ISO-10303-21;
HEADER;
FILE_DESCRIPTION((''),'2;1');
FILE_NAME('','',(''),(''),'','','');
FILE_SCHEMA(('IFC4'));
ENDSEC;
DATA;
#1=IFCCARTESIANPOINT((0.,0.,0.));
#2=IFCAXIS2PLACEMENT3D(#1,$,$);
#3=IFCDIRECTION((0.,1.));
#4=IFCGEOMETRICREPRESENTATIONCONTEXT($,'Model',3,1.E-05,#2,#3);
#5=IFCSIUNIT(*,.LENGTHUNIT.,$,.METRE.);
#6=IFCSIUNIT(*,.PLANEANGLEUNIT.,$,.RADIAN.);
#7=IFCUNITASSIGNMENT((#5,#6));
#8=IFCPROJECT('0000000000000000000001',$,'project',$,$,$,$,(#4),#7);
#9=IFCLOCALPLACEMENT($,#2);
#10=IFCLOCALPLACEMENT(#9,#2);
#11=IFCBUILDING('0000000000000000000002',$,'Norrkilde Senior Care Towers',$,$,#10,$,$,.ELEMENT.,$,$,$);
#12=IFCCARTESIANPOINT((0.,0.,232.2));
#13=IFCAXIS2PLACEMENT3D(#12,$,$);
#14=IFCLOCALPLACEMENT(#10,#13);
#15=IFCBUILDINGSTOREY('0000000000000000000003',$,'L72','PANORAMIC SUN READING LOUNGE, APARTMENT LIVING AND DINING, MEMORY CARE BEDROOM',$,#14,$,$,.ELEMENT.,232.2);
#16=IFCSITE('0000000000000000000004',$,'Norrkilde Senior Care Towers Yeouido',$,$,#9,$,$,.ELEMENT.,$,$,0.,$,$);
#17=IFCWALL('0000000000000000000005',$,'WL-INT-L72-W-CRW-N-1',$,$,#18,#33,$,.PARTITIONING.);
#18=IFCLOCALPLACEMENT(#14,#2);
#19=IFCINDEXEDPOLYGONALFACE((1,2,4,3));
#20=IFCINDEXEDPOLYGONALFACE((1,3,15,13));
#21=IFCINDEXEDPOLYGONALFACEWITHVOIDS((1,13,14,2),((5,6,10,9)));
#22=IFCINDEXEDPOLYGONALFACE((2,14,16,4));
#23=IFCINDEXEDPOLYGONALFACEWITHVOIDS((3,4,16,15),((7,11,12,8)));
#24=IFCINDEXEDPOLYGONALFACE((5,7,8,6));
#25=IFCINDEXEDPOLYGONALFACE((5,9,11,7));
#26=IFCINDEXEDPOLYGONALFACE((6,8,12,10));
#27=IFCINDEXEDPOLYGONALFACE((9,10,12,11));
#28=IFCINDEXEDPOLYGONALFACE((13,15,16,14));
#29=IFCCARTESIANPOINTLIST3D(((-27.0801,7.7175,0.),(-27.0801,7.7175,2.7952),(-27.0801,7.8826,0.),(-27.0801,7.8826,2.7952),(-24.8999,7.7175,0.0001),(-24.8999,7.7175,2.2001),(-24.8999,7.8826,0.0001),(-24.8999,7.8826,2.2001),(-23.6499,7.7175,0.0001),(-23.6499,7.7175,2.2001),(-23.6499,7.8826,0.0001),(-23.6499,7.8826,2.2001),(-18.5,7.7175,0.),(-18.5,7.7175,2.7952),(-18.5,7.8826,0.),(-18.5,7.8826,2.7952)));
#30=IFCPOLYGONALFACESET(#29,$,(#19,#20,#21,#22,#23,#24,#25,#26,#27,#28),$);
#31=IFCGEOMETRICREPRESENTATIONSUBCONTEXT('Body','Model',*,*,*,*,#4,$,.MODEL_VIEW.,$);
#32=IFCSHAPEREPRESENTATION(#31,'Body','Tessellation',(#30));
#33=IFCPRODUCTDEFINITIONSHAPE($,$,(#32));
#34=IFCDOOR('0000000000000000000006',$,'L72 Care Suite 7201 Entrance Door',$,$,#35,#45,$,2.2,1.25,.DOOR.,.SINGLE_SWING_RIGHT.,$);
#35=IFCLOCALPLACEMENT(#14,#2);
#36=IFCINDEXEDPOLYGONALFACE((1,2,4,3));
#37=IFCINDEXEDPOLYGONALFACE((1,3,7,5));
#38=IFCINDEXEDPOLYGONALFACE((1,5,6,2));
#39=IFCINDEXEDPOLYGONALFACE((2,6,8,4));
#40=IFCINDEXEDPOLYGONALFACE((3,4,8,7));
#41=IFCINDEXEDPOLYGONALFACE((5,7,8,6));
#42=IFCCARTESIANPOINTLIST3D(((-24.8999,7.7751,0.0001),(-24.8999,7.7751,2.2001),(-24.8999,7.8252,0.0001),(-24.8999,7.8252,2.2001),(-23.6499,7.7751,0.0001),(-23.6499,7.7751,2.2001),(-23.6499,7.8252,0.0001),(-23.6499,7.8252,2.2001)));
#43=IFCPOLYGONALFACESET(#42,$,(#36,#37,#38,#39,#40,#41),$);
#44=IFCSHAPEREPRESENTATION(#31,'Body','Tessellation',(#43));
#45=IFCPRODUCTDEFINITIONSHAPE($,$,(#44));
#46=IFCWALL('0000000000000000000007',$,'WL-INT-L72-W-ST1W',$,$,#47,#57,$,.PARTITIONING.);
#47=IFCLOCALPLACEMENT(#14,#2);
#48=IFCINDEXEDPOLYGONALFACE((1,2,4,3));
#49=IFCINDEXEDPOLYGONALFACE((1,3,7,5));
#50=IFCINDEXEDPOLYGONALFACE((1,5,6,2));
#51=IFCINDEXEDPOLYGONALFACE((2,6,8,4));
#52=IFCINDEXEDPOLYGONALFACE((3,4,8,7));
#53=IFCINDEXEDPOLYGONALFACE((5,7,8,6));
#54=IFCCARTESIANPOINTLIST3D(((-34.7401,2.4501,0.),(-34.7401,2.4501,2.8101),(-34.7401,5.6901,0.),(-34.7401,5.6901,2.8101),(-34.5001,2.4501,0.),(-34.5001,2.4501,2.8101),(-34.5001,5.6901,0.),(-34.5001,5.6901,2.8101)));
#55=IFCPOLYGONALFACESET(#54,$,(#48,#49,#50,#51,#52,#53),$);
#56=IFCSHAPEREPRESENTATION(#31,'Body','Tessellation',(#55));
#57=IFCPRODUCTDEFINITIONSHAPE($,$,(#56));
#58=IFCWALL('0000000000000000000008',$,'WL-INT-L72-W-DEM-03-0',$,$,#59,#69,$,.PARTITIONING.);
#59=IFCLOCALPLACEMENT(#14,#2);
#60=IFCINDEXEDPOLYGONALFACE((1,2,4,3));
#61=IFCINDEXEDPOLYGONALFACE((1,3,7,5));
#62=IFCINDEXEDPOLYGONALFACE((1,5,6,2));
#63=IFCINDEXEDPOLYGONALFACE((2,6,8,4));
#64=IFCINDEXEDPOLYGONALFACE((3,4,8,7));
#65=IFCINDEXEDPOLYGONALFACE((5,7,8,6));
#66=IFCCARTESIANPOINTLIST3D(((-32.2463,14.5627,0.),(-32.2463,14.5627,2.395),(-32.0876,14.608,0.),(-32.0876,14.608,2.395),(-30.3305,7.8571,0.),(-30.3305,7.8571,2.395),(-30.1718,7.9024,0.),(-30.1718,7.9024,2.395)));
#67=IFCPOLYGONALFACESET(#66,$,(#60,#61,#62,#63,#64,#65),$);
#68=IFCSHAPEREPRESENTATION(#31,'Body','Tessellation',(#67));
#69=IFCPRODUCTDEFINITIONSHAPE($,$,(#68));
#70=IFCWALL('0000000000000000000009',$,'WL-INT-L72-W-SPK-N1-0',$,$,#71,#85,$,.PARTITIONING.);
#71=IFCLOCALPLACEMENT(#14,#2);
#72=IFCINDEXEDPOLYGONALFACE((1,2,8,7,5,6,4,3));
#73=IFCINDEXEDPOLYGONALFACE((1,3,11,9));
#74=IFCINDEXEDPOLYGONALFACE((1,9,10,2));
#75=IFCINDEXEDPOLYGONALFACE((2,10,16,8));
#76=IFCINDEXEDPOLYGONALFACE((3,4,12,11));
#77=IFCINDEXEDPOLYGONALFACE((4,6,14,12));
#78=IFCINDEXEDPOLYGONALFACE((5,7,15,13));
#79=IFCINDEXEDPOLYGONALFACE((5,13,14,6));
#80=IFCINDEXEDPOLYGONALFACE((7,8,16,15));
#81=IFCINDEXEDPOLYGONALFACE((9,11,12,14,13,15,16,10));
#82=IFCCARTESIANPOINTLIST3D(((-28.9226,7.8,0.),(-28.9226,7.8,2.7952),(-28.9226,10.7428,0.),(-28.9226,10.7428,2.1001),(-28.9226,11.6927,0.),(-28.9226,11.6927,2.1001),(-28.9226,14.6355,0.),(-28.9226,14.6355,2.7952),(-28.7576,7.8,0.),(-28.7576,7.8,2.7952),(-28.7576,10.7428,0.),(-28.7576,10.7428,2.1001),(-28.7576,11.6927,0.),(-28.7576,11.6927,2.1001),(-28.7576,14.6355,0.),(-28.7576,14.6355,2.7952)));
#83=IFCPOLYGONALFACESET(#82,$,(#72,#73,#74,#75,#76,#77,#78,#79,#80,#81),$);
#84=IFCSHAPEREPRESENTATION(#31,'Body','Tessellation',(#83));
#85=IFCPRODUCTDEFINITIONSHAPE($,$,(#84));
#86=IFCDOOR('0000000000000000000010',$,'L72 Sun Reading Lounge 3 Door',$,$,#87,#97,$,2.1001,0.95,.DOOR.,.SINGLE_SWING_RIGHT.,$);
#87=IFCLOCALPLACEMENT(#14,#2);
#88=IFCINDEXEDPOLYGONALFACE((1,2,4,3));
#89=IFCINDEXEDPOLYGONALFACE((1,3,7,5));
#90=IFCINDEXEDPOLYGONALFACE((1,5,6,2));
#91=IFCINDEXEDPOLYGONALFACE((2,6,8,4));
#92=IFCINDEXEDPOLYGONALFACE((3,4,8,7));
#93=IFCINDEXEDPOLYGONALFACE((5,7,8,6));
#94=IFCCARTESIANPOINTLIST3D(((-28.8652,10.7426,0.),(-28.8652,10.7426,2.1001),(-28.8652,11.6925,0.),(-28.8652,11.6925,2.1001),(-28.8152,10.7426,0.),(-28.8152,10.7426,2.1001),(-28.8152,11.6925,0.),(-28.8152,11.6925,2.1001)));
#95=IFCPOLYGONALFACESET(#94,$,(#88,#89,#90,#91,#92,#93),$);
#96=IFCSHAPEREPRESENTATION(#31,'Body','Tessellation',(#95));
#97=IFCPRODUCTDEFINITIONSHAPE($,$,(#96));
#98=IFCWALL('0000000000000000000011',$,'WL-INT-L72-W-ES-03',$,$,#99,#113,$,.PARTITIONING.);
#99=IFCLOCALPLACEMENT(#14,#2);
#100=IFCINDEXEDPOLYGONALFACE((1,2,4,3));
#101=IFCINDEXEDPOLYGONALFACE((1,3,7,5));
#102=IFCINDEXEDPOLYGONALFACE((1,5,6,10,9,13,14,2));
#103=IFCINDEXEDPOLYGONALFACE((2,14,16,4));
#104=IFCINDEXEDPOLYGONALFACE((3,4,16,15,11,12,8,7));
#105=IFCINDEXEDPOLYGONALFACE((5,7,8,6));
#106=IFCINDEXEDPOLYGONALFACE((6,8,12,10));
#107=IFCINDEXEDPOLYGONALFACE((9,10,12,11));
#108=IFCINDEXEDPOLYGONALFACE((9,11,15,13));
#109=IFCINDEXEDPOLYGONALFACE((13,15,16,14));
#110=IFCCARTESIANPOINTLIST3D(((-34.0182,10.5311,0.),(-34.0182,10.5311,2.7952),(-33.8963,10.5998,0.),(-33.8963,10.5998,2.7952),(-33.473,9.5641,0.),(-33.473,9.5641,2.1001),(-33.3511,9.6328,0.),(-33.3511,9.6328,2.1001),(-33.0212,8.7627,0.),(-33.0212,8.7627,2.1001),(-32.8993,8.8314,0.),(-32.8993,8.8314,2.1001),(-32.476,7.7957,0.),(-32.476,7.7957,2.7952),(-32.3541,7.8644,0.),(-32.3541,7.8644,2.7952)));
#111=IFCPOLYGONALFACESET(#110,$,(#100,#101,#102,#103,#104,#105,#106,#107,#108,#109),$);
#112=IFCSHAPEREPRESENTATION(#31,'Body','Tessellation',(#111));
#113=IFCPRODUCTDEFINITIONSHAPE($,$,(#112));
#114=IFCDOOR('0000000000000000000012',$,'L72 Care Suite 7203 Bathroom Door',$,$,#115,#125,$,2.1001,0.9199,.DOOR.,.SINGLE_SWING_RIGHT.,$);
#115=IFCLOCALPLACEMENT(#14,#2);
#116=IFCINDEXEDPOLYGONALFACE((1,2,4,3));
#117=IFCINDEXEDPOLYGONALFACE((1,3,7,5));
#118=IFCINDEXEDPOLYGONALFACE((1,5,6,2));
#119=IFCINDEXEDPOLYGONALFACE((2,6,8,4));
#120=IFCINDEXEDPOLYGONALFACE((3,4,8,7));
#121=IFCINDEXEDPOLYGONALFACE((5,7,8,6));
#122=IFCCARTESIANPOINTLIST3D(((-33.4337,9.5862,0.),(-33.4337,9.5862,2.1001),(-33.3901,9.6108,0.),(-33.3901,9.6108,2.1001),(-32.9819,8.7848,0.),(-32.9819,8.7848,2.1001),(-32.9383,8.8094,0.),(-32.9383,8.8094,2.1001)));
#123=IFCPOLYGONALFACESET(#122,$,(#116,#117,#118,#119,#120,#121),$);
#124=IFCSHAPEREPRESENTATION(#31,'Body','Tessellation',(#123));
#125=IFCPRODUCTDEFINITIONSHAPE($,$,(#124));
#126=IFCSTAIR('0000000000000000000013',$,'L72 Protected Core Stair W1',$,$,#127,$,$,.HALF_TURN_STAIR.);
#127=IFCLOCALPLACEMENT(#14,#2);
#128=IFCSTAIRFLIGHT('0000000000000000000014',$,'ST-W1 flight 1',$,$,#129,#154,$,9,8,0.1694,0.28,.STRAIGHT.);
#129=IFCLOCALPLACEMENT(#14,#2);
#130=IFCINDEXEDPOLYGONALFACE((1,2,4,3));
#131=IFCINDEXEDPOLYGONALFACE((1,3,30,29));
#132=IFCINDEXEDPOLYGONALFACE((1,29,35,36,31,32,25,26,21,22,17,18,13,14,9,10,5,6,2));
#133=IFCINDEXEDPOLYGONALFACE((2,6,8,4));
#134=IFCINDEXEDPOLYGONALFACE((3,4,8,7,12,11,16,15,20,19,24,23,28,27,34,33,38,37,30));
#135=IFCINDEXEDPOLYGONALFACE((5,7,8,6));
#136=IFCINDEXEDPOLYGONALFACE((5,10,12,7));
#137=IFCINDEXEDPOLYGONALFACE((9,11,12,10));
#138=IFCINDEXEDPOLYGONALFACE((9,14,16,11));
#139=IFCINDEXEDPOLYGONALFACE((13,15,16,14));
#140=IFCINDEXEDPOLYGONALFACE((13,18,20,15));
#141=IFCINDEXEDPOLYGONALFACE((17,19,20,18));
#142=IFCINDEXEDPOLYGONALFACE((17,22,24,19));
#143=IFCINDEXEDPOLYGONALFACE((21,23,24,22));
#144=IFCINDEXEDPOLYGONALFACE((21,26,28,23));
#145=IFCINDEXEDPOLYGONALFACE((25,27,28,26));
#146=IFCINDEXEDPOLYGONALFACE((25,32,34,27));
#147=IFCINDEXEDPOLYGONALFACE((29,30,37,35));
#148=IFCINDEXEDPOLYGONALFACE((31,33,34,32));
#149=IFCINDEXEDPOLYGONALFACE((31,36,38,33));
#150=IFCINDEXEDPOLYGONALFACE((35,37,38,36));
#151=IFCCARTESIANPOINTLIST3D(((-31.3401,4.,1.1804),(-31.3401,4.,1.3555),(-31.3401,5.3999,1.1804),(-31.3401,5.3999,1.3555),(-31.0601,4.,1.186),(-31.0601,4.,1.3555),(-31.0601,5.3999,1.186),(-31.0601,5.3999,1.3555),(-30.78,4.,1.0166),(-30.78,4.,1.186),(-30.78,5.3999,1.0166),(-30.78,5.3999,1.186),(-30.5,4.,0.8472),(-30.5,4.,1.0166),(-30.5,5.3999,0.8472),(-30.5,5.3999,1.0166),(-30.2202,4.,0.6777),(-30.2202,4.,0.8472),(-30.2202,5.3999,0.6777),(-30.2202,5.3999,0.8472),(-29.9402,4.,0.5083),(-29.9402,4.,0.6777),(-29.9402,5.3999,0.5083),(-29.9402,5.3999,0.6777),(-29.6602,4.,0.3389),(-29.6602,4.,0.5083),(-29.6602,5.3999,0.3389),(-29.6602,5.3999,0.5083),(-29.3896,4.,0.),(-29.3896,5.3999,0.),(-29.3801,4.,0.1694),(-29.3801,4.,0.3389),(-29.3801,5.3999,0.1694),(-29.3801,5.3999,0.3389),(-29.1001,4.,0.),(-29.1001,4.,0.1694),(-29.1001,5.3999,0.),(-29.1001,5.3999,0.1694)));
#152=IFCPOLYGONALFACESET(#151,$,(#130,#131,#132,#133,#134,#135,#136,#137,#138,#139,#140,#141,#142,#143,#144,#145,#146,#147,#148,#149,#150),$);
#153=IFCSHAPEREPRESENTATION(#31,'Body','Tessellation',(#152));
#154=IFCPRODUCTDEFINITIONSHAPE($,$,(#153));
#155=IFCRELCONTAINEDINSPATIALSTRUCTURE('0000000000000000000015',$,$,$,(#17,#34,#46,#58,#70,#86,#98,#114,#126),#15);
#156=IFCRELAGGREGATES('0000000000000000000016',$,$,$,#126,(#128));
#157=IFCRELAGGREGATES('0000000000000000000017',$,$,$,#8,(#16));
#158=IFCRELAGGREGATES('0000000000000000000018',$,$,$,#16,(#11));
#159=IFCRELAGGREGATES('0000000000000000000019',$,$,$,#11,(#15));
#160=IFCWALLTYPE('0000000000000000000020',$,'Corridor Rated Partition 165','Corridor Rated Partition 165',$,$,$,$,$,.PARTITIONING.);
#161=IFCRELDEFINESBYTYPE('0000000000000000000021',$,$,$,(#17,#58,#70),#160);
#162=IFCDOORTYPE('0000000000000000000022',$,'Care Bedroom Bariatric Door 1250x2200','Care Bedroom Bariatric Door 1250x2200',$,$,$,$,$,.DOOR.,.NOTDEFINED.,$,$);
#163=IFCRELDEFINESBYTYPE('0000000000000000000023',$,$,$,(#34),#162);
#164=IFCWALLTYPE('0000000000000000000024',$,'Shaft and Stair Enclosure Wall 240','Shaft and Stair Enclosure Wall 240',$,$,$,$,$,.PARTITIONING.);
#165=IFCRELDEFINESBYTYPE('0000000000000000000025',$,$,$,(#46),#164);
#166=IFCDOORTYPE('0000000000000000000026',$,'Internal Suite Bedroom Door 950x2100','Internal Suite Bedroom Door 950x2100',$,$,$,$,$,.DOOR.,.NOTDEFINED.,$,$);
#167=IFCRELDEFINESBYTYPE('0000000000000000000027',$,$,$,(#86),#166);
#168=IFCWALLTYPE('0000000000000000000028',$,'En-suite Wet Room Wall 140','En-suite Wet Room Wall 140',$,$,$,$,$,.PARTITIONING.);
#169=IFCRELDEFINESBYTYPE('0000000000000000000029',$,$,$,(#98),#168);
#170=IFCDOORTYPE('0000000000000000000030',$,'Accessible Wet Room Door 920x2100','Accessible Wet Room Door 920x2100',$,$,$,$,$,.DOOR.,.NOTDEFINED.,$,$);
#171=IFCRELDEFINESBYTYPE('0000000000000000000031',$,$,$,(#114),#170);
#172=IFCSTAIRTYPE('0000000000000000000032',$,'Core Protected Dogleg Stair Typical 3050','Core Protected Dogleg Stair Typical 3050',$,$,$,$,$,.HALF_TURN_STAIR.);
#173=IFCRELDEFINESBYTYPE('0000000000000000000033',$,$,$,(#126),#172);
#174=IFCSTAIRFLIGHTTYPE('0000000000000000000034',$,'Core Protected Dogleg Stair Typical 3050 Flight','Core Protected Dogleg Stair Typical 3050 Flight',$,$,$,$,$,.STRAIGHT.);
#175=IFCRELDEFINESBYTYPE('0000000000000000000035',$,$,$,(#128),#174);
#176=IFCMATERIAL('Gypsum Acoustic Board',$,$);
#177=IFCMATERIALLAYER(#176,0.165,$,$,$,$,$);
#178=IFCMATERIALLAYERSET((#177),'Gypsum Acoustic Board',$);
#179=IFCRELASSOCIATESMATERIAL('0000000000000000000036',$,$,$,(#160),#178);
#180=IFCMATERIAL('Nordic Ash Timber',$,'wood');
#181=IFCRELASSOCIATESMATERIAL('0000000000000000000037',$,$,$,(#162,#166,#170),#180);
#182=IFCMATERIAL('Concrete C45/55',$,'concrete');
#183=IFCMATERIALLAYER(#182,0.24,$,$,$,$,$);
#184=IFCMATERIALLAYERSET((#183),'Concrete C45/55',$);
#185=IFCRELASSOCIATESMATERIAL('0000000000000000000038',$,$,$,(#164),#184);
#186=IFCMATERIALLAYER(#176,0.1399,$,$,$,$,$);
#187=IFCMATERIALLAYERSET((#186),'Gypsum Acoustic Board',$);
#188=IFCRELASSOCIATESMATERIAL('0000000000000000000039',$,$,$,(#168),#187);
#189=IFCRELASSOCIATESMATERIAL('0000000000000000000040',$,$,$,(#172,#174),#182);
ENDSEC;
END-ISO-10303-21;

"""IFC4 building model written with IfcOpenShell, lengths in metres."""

from ifc_helpers import new_model, si_unit, direction, frame, frame_2d, origin, place, context, subcontext, project, spatial, polyline, rectangle, outline, extrude, source, transform, mapped, material, layer, layer_set, type_object, type_shapes, element, fill, aggregate, save


model = new_model("IFC4")

# Units and contexts
model_context = context("Model", 3, precision=1e-05, world=origin(), true_north=direction((0.0, 1.0)))
body_context = subcontext(model_context, "Body", "Model", "MODEL_VIEW")
ifc_project = project(units=[si_unit("LENGTHUNIT", "METRE"), si_unit("PLANEANGLEUNIT", "RADIAN")], contexts=[model_context])

# Site, building, storey
site_placement = place(None, origin())
site = spatial("IfcSite", under=ifc_project, at=site_placement, Name="Norrkilde Senior Care Towers Yeouido", CompositionType="ELEMENT", RefElevation=0.0)
building_placement = place(site_placement, origin())
building = spatial("IfcBuilding", under=site, at=building_placement, Name="Norrkilde Senior Care Towers", CompositionType="ELEMENT")
storey_placement = place(building_placement, frame((0.0, 0.0, 232.2)))
storey = spatial("IfcBuildingStorey", under=building, at=storey_placement, Name="L72", Description="PANORAMIC SUN READING LOUNGE, APARTMENT LIVING AND DINING, MEMORY CARE BEDROOM", CompositionType="ELEMENT", Elevation=232.2)

# Wall, opening, door
ifc_material_1 = material(Name="Gypsum Acoustic Board")
ifc_layer_1 = layer(ifc_material_1, 0.165)
ifc_layer_set_1 = layer_set([ifc_layer_1], Name="Gypsum Acoustic Board")
wall_type_1 = type_object("IfcWallType", Name="Corridor Rated Partition 165", Description="Corridor Rated Partition 165", PredefinedType="PARTITIONING", material=ifc_layer_set_1)
shared_shape_1 = source(origin(), body_context, "Body", "SweptSolid", [
    extrude(rectangle(XDim=8.5801, YDim=0.165, at=frame_2d((4.29, 0.0))), origin(), (0.0, 0.0, 1.0), 2.7952),
])
wall_1_placement = place(storey_placement, frame((-27.0801, 7.8, 0.0), z_axis=(0.0, 0.0, 1.0), x_axis=(1.0, 0.0, 0.0)))
wall_1 = element("IfcWall", 1, at=wall_1_placement, inside=storey, type_object=wall_type_1, Name="WL-INT-L72-W-CRW-N-1", PredefinedType="PARTITIONING", context=body_context, shape_type="MappedRepresentation", body=[
    mapped(shared_shape_1, transform((0.0, 0.0, 0.0), x_axis=(1.0, 0.0, 0.0), y_axis=(0.0, 1.0, 0.0), z_axis=(0.0, 0.0, 1.0), scale=1.0)),
])
opening_1_placement = place(wall_1_placement, frame((2.1802, 0.0, 0.0)))
opening_1 = element("IfcOpeningElement", 2, at=opening_1_placement, cuts=wall_1, PredefinedType="OPENING", context=body_context, shape_type="SweptSolid", body=[
    extrude(rectangle(XDim=1.25, YDim=2.2, at=frame_2d((0.625, 1.1001))), frame((0.0, 0.0925, 0.0), z_axis=(0.0, -1.0, 0.0), x_axis=(1.0, 0.0, 0.0)), (0.0, 0.0, 1.0), 0.1851),
])
ifc_material_2 = material(Name="Nordic Ash Timber", Category="wood")
door_type_1 = type_object("IfcDoorType", Name="Care Bedroom Bariatric Door 1250x2200", Description="Care Bedroom Bariatric Door 1250x2200", OperationType="NOTDEFINED", PredefinedType="DOOR", material=ifc_material_2)
shared_shape_2 = source(origin(), body_context, "Body", "SweptSolid", [
    extrude(rectangle(XDim=1.25, YDim=2.2, at=frame_2d((0.625, 1.1001))), frame((0.0, 0.0249, 0.0), z_axis=(0.0, -1.0, 0.0), x_axis=(1.0, 0.0, 0.0)), (0.0, 0.0, 1.0), 0.05),
])
type_shapes(door_type_1, [shared_shape_2])
door_1_placement = place(opening_1_placement, frame((1.25, 0.0, 0.0), z_axis=(0.0, 0.0, 1.0), x_axis=(-1.0, 0.0, 0.0)))
door_1 = element("IfcDoor", 3, at=door_1_placement, inside=storey, type_object=door_type_1, Name="L72 Care Suite 7201 Entrance Door", OperationType="SINGLE_SWING_RIGHT", OverallHeight=2.2, OverallWidth=1.25, PredefinedType="DOOR", context=body_context, shape_type="MappedRepresentation", body=[
    mapped(shared_shape_2, transform((0.0, 0.0, 0.0), x_axis=(1.0, 0.0, 0.0), y_axis=(0.0, 1.0, 0.0), z_axis=(0.0, 0.0, 1.0), scale=1.0)),
])
fill(opening_1, door_1)

# Wall
ifc_material_3 = material(Name="Concrete C45/55", Category="concrete")
ifc_layer_2 = layer(ifc_material_3, 0.24)
ifc_layer_set_2 = layer_set([ifc_layer_2], Name="Concrete C45/55")
wall_type_2 = type_object("IfcWallType", Name="Shaft and Stair Enclosure Wall 240", Description="Shaft and Stair Enclosure Wall 240", PredefinedType="PARTITIONING", material=ifc_layer_set_2)
shared_shape_3 = source(origin(), body_context, "Body", "SweptSolid", [
    extrude(rectangle(XDim=3.24, YDim=0.24, at=frame_2d((1.6201, 0.0))), origin(), (0.0, 0.0, 1.0), 2.8101),
])
type_shapes(wall_type_2, [shared_shape_3])
wall_2_placement = place(storey_placement, frame((-34.6201, 2.45, 0.0), z_axis=(0.0, 0.0, 1.0), x_axis=(0.0, 1.0, 0.0)))
element("IfcWall", 4, at=wall_2_placement, inside=storey, type_object=wall_type_2, Name="WL-INT-L72-W-ST1W", PredefinedType="PARTITIONING", context=body_context, shape_type="MappedRepresentation", body=[
    mapped(shared_shape_3, transform((0.0, 0.0, 0.0), x_axis=(1.0, 0.0, 0.0), y_axis=(0.0, 1.0, 0.0), z_axis=(0.0, 0.0, 1.0), scale=1.0)),
])

# Wall
shared_shape_4 = source(origin(), body_context, "Body", "SweptSolid", [
    extrude(rectangle(XDim=6.9739, YDim=0.165, at=frame_2d((3.4868, 0.0))), origin(), (0.0, 0.0, 1.0), 2.395),
])
wall_3_placement = place(storey_placement, frame((-30.2512, 7.8799, 0.0), z_axis=(0.0, 0.0, 1.0), x_axis=(-0.274707, 0.961528, 0.0)))
element("IfcWall", 5, at=wall_3_placement, inside=storey, type_object=wall_type_1, Name="WL-INT-L72-W-DEM-03-0", PredefinedType="PARTITIONING", context=body_context, shape_type="MappedRepresentation", body=[
    mapped(shared_shape_4, transform((0.0, 0.0, 0.0), x_axis=(1.0, 0.0, 0.0), y_axis=(0.0, 1.0, 0.0), z_axis=(0.0, 0.0, 1.0), scale=1.0)),
])

# Walls, openings, doors
shared_shape_5 = source(origin(), body_context, "Body", "SweptSolid", [
    extrude(rectangle(XDim=6.8354, YDim=0.165, at=frame_2d((3.4177, 0.0))), origin(), (0.0, 0.0, 1.0), 2.7952),
])
type_shapes(wall_type_1, [shared_shape_1, shared_shape_4, shared_shape_5])
wall_4_placement = place(storey_placement, frame((-28.8401, 7.8, 0.0), z_axis=(0.0, 0.0, 1.0), x_axis=(0.0, 1.0, 0.0)))
wall_4 = element("IfcWall", 6, at=wall_4_placement, inside=storey, type_object=wall_type_1, Name="WL-INT-L72-W-SPK-N1-0", PredefinedType="PARTITIONING", context=body_context, shape_type="MappedRepresentation", body=[
    mapped(shared_shape_5, transform((0.0, 0.0, 0.0), x_axis=(1.0, 0.0, 0.0), y_axis=(0.0, 1.0, 0.0), z_axis=(0.0, 0.0, 1.0), scale=1.0)),
])
opening_2_placement = place(wall_4_placement, frame((2.9426, 0.0, 0.0)))
opening_2 = element("IfcOpeningElement", 7, at=opening_2_placement, cuts=wall_4, PredefinedType="OPENING", context=body_context, shape_type="SweptSolid", body=[
    extrude(rectangle(XDim=0.95, YDim=2.1001, at=frame_2d((0.4751, 1.05))), frame((0.0, 0.0925, 0.0), z_axis=(0.0, -1.0, 0.0), x_axis=(1.0, 0.0, 0.0)), (0.0, 0.0, 1.0), 0.1851),
])
door_type_2 = type_object("IfcDoorType", Name="Internal Suite Bedroom Door 950x2100", Description="Internal Suite Bedroom Door 950x2100", OperationType="NOTDEFINED", PredefinedType="DOOR", material=ifc_material_2)
shared_shape_6 = source(origin(), body_context, "Body", "SweptSolid", [
    extrude(rectangle(XDim=0.95, YDim=2.1001, at=frame_2d((0.4751, 1.05))), frame((0.0, 0.0249, 0.0), z_axis=(0.0, -1.0, 0.0), x_axis=(1.0, 0.0, 0.0)), (0.0, 0.0, 1.0), 0.05),
])
type_shapes(door_type_2, [shared_shape_6])
door_2_placement = place(opening_2_placement, frame((0.95, 0.0, 0.0), z_axis=(0.0, 0.0, 1.0), x_axis=(-1.0, 0.0, 0.0)))
door_2 = element("IfcDoor", 8, at=door_2_placement, inside=storey, type_object=door_type_2, Name="L72 Sun Reading Lounge 3 Door", OperationType="SINGLE_SWING_RIGHT", OverallHeight=2.1001, OverallWidth=0.95, PredefinedType="DOOR", context=body_context, shape_type="MappedRepresentation", body=[
    mapped(shared_shape_6, transform((0.0, 0.0, 0.0), x_axis=(1.0, 0.0, 0.0), y_axis=(0.0, 1.0, 0.0), z_axis=(0.0, 0.0, 1.0), scale=1.0)),
])
fill(opening_2, door_2)
ifc_layer_3 = layer(ifc_material_1, 0.1399)
ifc_layer_set_3 = layer_set([ifc_layer_3], Name="Gypsum Acoustic Board")
wall_type_3 = type_object("IfcWallType", Name="En-suite Wet Room Wall 140", Description="En-suite Wet Room Wall 140", PredefinedType="PARTITIONING", material=ifc_layer_set_3)
shared_shape_7 = source(origin(), body_context, "Body", "SweptSolid", [
    extrude(rectangle(XDim=3.1401, YDim=0.1399, at=frame_2d((1.5701, 0.0))), origin(), (0.0, 0.0, 1.0), 2.7952),
])
type_shapes(wall_type_3, [shared_shape_7])
wall_5_placement = place(storey_placement, frame((-32.415, 7.8301, 0.0), z_axis=(0.0, 0.0, 1.0), x_axis=(-0.491132, 0.871085, 0.0)))
wall_5 = element("IfcWall", 9, at=wall_5_placement, inside=storey, type_object=wall_type_3, Name="WL-INT-L72-W-ES-03", PredefinedType="PARTITIONING", context=body_context, shape_type="MappedRepresentation", body=[
    mapped(shared_shape_7, transform((0.0, 0.0, 0.0), x_axis=(1.0, 0.0, 0.0), y_axis=(0.0, 1.0, 0.0), z_axis=(0.0, 0.0, 1.0), scale=1.0)),
])
opening_3_placement = place(wall_5_placement, frame((1.1101, 0.0, 0.0)))
opening_3 = element("IfcOpeningElement", 10, at=opening_3_placement, cuts=wall_5, PredefinedType="OPENING", context=body_context, shape_type="SweptSolid", body=[
    extrude(rectangle(XDim=0.9199, YDim=2.1001, at=frame_2d((0.46, 1.05))), frame((0.0, 0.0798, 0.0), z_axis=(0.0, -1.0, 0.0), x_axis=(1.0, 0.0, 0.0)), (0.0, 0.0, 1.0), 0.1599),
])
door_type_3 = type_object("IfcDoorType", Name="Accessible Wet Room Door 920x2100", Description="Accessible Wet Room Door 920x2100", OperationType="NOTDEFINED", PredefinedType="DOOR", material=ifc_material_2)
shared_shape_8 = source(origin(), body_context, "Body", "SweptSolid", [
    extrude(rectangle(XDim=0.9199, YDim=2.1001, at=frame_2d((0.46, 1.05))), frame((0.0, 0.0249, 0.0), z_axis=(0.0, -1.0, 0.0), x_axis=(1.0, 0.0, 0.0)), (0.0, 0.0, 1.0), 0.05),
])
type_shapes(door_type_3, [shared_shape_8])
door_3_placement = place(opening_3_placement, origin())
door_3 = element("IfcDoor", 11, at=door_3_placement, inside=storey, type_object=door_type_3, Name="L72 Care Suite 7203 Bathroom Door", OperationType="SINGLE_SWING_RIGHT", OverallHeight=2.1001, OverallWidth=0.9199, PredefinedType="DOOR", context=body_context, shape_type="MappedRepresentation", body=[
    mapped(shared_shape_8, transform((0.0, 0.0, 0.0), x_axis=(1.0, 0.0, 0.0), y_axis=(0.0, 1.0, 0.0), z_axis=(0.0, 0.0, 1.0), scale=1.0)),
])
fill(opening_3, door_3)

# Stair, stair flight
stair_type = type_object("IfcStairType", Name="Core Protected Dogleg Stair Typical 3050", Description="Core Protected Dogleg Stair Typical 3050", PredefinedType="HALF_TURN_STAIR", material=ifc_material_3)
stair_placement = place(storey_placement, origin())
stair = element("IfcStair", 12, at=stair_placement, inside=storey, type_object=stair_type, Name="L72 Protected Core Stair W1", PredefinedType="HALF_TURN_STAIR")
stair_flight_type = type_object("IfcStairFlightType", Name="Core Protected Dogleg Stair Typical 3050 Flight", Description="Core Protected Dogleg Stair Typical 3050 Flight", PredefinedType="STRAIGHT", material=ifc_material_3)
stair_flight_1_placement = place(storey_placement, frame((-29.1001, 4.7, 0.0), z_axis=(0.0, 0.0, 1.0), x_axis=(-1.0, 0.0, 0.0)))
stair_flight_1 = element("IfcStairFlight", 13, at=stair_flight_1_placement, type_object=stair_flight_type, Name="ST-W1 flight 1", NumberOfRisers=9, NumberOfTreads=8, PredefinedType="STRAIGHT", RiserHeight=0.1694, TreadLength=0.28, context=body_context, shape_type="SweptSolid", body=[
    extrude(outline(polyline([(0.0, 0.0), (0.0, 0.1694), (0.28, 0.1694), (0.28, 0.3389), (0.5601, 0.3389), (0.5601, 0.5083), (0.8401, 0.5083), (0.8401, 0.6777), (1.1201, 0.6777), (1.1201, 0.8472), (1.3999, 0.8472), (1.3999, 1.0166), (1.6799, 1.0166), (1.6799, 1.186), (1.96, 1.186), (1.96, 1.3555), (2.24, 1.3555), (2.24, 1.5249), (2.24, 1.1804), (0.2896, 0.0), (0.0, 0.0)])), frame((0.0, 0.7, 0.0), z_axis=(0.0, -1.0, 0.0), x_axis=(1.0, 0.0, 0.0)), (0.0, 0.0, 1.0), 1.3999),
])
aggregate(stair, [stair_flight_1])

save(model, "model.ifc")
